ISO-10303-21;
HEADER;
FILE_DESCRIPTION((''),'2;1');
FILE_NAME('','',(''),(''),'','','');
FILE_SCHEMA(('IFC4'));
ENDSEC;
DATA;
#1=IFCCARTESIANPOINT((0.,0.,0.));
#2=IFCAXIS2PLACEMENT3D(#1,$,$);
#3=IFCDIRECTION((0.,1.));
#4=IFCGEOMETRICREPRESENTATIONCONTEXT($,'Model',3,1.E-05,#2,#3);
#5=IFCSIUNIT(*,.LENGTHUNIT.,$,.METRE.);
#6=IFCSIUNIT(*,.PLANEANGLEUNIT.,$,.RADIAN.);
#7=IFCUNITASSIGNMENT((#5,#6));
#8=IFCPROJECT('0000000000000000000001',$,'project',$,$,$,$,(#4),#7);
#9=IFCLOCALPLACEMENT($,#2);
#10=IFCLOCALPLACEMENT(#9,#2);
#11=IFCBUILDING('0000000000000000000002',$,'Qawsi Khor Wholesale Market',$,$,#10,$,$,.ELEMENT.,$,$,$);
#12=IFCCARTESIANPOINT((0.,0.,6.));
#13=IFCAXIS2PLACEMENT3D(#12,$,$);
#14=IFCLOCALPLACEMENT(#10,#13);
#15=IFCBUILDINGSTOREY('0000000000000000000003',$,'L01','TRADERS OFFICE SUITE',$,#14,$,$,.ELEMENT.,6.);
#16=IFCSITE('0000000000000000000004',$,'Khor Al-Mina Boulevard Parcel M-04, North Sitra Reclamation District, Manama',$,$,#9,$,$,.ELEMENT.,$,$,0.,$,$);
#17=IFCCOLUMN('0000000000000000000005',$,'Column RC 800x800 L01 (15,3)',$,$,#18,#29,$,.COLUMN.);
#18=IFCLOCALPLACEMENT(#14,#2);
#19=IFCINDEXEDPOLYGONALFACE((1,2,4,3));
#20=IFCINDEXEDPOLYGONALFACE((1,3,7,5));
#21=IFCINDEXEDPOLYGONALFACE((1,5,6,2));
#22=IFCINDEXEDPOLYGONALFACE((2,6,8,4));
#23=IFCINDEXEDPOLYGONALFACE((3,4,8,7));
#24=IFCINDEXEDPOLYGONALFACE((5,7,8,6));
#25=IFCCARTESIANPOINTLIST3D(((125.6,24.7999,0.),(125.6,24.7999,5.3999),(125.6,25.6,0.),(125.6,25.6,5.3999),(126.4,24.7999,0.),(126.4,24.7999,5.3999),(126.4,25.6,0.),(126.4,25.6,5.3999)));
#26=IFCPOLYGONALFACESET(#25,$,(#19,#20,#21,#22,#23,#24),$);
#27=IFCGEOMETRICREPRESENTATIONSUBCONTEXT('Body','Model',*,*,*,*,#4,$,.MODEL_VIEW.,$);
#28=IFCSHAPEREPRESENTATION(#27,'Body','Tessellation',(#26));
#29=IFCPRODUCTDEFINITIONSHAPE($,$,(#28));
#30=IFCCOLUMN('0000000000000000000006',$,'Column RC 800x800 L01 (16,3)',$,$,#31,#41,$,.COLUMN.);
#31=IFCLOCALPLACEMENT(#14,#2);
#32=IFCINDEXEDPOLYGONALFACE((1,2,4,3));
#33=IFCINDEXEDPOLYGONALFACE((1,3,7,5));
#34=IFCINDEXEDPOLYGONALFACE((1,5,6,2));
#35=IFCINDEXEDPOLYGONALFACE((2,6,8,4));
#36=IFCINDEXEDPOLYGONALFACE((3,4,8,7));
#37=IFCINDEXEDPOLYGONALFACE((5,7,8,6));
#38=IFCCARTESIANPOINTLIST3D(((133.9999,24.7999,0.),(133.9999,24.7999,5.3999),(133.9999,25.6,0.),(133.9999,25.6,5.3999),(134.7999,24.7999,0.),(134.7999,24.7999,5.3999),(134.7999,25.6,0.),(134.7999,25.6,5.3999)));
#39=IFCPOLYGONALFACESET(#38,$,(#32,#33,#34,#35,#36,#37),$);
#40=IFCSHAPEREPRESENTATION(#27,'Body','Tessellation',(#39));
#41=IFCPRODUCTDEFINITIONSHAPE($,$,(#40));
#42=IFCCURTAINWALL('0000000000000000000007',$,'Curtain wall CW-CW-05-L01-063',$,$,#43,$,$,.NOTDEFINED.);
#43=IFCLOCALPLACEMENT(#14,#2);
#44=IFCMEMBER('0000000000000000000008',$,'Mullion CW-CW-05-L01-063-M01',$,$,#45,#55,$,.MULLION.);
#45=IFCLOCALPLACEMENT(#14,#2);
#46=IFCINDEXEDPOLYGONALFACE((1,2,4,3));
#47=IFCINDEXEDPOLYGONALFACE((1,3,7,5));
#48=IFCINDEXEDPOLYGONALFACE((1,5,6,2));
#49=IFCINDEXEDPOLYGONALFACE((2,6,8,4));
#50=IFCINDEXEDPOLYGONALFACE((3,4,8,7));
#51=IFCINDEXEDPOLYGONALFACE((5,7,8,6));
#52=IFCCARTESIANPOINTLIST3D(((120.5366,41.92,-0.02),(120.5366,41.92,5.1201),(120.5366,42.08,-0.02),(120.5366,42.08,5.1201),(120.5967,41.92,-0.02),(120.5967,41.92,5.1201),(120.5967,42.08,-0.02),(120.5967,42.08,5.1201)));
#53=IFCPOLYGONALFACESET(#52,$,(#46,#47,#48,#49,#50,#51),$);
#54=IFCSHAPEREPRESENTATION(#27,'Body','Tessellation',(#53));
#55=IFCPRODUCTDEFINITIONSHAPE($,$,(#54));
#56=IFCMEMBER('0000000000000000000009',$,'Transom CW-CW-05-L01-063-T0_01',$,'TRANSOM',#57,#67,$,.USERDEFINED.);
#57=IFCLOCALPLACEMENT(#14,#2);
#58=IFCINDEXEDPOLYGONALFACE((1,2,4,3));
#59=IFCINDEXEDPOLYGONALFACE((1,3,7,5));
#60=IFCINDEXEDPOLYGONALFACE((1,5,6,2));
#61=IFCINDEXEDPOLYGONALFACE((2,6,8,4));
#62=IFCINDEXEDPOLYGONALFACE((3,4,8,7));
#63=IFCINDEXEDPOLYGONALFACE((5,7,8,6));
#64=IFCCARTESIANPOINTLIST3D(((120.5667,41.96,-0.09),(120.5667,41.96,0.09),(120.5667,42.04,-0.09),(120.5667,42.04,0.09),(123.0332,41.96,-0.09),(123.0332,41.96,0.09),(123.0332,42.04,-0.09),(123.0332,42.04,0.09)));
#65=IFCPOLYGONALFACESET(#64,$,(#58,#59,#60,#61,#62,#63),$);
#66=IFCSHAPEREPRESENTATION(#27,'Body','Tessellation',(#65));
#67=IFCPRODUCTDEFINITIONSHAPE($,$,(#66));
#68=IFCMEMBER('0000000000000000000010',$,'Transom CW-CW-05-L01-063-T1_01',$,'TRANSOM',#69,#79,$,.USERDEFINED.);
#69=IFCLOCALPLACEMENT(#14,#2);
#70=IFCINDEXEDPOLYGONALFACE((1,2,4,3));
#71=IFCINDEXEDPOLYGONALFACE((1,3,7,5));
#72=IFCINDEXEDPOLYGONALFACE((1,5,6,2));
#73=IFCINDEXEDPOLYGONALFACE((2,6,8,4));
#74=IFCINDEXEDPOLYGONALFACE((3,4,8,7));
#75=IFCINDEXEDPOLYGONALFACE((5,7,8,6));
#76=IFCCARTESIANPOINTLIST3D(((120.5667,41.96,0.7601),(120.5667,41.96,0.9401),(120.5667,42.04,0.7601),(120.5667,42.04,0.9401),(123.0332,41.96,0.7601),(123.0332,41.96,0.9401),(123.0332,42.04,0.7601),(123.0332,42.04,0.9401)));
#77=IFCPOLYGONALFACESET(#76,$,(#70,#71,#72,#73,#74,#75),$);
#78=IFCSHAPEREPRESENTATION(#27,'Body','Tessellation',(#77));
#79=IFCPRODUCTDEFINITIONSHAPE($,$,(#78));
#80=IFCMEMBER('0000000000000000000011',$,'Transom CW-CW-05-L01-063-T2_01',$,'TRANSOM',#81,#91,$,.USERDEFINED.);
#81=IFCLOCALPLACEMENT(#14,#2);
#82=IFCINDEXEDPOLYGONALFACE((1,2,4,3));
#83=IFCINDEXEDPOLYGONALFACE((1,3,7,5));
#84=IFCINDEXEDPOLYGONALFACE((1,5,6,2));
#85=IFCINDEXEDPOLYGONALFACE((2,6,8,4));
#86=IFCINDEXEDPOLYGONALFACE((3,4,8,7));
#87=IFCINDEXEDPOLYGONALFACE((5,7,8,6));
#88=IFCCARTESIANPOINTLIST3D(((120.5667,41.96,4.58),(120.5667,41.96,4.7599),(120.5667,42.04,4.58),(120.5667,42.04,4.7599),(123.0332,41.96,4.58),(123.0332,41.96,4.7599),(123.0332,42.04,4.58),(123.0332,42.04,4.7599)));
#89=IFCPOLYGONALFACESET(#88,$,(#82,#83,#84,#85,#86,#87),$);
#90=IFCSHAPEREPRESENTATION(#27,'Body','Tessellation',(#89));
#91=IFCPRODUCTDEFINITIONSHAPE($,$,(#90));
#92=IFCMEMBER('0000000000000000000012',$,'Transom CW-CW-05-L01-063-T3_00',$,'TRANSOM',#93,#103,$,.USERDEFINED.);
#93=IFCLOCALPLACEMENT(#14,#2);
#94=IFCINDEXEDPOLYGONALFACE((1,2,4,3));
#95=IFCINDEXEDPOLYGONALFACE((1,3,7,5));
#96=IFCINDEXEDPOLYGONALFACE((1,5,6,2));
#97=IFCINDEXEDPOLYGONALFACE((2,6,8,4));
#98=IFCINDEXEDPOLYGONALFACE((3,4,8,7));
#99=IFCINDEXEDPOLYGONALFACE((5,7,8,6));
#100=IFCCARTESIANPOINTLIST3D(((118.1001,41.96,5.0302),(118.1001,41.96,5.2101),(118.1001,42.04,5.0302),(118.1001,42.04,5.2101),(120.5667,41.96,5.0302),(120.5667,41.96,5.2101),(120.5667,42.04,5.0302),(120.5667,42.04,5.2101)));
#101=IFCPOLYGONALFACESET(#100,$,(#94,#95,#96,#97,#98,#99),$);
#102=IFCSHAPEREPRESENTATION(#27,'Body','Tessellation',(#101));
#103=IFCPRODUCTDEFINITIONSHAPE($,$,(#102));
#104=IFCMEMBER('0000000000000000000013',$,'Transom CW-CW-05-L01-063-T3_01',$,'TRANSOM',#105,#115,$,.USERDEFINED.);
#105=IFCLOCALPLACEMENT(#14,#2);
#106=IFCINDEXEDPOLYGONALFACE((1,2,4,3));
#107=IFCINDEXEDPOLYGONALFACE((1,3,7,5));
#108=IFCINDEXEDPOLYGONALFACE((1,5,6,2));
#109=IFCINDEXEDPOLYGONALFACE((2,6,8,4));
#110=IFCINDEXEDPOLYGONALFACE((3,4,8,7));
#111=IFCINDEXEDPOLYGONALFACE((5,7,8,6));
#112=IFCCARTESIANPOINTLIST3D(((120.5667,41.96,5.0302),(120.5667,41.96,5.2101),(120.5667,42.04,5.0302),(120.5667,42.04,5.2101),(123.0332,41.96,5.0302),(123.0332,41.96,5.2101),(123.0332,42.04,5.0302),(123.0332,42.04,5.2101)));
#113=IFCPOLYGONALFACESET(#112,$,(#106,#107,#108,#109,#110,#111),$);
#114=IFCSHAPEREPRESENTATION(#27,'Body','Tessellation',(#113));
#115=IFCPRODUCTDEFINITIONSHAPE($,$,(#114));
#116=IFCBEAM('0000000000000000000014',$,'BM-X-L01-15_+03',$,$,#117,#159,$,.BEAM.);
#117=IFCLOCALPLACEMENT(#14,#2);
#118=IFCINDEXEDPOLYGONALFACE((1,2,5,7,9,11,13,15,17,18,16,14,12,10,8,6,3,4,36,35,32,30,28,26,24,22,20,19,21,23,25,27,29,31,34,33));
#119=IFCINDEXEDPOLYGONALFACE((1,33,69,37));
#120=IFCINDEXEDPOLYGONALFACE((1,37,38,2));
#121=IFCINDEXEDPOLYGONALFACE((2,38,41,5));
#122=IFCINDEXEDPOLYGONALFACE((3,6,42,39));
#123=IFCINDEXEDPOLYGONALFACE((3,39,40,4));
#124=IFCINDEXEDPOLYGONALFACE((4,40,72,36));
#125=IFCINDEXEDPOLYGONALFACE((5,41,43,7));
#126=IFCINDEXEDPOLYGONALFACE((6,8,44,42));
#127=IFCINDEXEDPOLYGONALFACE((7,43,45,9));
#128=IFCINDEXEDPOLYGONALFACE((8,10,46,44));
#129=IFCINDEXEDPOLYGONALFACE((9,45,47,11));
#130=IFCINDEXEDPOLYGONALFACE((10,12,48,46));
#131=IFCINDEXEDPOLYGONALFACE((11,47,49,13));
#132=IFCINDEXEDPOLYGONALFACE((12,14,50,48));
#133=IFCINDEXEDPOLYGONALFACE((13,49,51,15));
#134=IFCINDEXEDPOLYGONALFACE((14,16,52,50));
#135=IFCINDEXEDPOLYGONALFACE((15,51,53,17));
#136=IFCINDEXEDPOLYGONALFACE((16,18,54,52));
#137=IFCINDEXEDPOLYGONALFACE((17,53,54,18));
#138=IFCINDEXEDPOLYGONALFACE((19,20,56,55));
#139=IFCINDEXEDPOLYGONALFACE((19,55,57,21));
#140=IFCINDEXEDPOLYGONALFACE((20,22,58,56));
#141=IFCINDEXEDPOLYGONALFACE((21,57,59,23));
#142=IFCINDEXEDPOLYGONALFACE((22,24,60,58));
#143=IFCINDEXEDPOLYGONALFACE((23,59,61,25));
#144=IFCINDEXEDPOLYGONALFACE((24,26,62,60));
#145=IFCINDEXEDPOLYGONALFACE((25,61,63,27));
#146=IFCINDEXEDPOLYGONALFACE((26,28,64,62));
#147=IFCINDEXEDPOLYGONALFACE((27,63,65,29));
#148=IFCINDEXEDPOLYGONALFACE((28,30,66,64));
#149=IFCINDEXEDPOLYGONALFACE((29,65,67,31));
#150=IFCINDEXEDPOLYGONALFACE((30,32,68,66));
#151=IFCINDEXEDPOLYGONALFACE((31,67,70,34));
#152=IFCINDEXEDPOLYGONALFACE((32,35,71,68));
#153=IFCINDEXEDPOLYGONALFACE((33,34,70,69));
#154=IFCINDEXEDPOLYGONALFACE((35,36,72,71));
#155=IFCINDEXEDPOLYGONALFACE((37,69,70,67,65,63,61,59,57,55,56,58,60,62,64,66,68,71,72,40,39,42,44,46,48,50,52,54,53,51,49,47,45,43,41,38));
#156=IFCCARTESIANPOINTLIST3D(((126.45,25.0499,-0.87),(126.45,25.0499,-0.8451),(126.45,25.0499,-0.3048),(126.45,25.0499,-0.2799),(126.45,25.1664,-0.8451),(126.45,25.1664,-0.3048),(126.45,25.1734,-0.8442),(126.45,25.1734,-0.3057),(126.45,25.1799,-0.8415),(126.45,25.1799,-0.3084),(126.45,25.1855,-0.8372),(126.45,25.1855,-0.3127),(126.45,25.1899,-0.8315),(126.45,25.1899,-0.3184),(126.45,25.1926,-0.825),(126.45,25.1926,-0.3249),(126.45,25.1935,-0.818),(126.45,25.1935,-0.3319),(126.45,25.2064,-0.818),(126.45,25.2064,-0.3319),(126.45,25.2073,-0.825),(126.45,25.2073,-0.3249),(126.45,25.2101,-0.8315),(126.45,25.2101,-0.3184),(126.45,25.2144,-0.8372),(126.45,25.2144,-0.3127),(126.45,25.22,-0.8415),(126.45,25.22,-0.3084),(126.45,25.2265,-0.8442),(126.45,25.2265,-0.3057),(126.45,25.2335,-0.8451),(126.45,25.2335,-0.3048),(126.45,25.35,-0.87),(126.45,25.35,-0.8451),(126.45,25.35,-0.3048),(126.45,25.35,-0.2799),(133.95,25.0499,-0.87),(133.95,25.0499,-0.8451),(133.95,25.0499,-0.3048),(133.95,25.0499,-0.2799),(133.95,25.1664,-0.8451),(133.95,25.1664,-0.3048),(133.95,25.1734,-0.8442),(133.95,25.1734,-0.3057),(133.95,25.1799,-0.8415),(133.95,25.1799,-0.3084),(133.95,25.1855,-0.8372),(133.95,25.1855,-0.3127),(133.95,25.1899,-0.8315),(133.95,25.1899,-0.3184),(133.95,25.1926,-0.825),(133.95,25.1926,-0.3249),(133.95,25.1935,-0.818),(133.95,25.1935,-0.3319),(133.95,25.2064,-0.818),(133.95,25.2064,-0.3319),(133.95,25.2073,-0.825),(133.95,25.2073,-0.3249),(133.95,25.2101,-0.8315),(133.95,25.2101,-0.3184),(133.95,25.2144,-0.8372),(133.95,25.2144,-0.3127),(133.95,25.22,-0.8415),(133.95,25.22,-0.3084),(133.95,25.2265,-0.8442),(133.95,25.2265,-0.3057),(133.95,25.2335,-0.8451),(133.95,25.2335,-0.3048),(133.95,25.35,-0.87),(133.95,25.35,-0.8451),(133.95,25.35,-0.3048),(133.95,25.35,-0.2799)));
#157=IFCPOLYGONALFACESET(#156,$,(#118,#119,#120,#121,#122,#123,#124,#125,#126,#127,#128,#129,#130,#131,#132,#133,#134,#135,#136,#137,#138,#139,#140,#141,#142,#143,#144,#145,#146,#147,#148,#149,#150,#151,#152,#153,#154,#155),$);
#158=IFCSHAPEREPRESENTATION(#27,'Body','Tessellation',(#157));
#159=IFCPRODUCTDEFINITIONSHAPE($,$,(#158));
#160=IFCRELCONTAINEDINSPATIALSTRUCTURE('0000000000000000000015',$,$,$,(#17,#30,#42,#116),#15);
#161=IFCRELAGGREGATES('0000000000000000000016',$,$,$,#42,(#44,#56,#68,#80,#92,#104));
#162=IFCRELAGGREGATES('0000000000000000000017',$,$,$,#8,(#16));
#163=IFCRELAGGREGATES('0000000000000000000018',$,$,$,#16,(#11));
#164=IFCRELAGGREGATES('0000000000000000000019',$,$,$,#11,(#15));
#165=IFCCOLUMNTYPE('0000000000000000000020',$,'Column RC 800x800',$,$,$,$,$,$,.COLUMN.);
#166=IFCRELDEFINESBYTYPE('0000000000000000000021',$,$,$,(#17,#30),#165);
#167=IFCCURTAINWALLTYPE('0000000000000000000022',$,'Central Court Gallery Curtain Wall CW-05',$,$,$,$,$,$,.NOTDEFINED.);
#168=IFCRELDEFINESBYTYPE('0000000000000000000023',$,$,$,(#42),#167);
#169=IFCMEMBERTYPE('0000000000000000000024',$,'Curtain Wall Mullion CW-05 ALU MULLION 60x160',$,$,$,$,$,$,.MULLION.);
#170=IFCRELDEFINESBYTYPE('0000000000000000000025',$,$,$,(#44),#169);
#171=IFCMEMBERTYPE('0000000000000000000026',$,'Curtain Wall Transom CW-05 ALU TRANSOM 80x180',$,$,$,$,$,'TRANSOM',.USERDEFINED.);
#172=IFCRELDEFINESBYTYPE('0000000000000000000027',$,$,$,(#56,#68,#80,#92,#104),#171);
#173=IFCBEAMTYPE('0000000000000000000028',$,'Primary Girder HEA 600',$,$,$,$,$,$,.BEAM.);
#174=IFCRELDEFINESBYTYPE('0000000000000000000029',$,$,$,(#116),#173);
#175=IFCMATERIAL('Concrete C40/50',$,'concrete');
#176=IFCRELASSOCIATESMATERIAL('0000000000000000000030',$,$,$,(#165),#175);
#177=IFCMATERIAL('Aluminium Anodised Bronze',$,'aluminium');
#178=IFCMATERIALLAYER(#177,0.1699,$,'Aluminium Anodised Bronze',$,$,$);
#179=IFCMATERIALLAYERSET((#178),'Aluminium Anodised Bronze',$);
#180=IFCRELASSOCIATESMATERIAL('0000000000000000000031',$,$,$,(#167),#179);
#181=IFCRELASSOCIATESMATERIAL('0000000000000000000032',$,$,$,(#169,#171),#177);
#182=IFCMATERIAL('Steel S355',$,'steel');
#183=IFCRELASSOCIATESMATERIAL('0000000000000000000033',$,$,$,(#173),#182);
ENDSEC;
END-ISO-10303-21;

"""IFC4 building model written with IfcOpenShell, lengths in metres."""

from ifc_helpers import new_model, si_unit, direction, frame, origin, origin_2d, place, context, subcontext, project, spatial, rectangle, i_section, extrude, material, layer, layer_set, material_profile, profile_set, type_object, element, aggregate, save


model = new_model("IFC4")

# Units and contexts
model_context = context("Model", 3, precision=1e-05, world=origin(), true_north=direction((0.0, 1.0)))
body_context = subcontext(model_context, "Body", "Model", "MODEL_VIEW")
ifc_project = project(units=[si_unit("LENGTHUNIT", "METRE"), si_unit("PLANEANGLEUNIT", "RADIAN")], contexts=[model_context])

# Site, building, storey
site_placement = place(None, origin())
site = spatial("IfcSite", under=ifc_project, at=site_placement, Name="Khor Al-Mina Boulevard Parcel M-04, North Sitra Reclamation District, Manama", CompositionType="ELEMENT", RefElevation=0.0)
building_placement = place(site_placement, origin())
building = spatial("IfcBuilding", under=site, at=building_placement, Name="Qawsi Khor Wholesale Market", CompositionType="ELEMENT")
storey_placement = place(building_placement, frame((0.0, 0.0, 6.0)))
storey = spatial("IfcBuildingStorey", under=building, at=storey_placement, Name="L01", Description="TRADERS OFFICE SUITE", CompositionType="ELEMENT", Elevation=6.0)

# Columns
ifc_material_1 = material(Name="Concrete C40/50", Category="concrete")
ifc_material_profile_1 = material_profile(ifc_material_1, rectangle(XDim=0.8, YDim=0.8, at=origin_2d()), Name="RC 800x800")
ifc_profile_set_1 = profile_set([ifc_material_profile_1], Name="Concrete C40/50")
column_type = type_object("IfcColumnType", Name="Column RC 800x800", PredefinedType="COLUMN", material=ifc_profile_set_1)
for number, where, z_axis, x_axis, name in (
    (1, (126.0, 25.2, 0.0), (0.0, 0.0, 1.0), (1.0, 0.0, 0.0), "Column RC 800x800 L01 (15,3)"),
    (2, (134.3999, 25.2, 0.0), (0.0, 0.0, 1.0), (1.0, 0.0, 0.0), "Column RC 800x800 L01 (16,3)"),
):
    element("IfcColumn", number, at=place(storey_placement, frame(where, z_axis=z_axis, x_axis=x_axis)), inside=storey, type_object=column_type, Name=name, PredefinedType="COLUMN", context=body_context, shape_type="SweptSolid", body=[
        extrude(rectangle(XDim=0.8, YDim=0.8, at=origin_2d()), origin(), (0.0, 0.0, 1.0), 5.3999),
    ])

# Curtain wall, members
ifc_material_2 = material(Name="Aluminium Anodised Bronze", Category="aluminium")
ifc_layer_1 = layer(ifc_material_2, 0.1699, Name="Aluminium Anodised Bronze")
ifc_layer_set_1 = layer_set([ifc_layer_1], Name="Aluminium Anodised Bronze")
curtain_wall_type = type_object("IfcCurtainWallType", Name="Central Court Gallery Curtain Wall CW-05", PredefinedType="NOTDEFINED", material=ifc_layer_set_1)
curtain_wall_placement = place(storey_placement, origin())
curtain_wall = element("IfcCurtainWall", 3, at=curtain_wall_placement, inside=storey, type_object=curtain_wall_type, Name="Curtain wall CW-CW-05-L01-063", PredefinedType="NOTDEFINED")
ifc_material_profile_2 = material_profile(ifc_material_2, rectangle(XDim=0.0601, YDim=0.1599, at=origin_2d()), Name="ALU MULLION 60x160")
ifc_profile_set_2 = profile_set([ifc_material_profile_2], Name="Aluminium Anodised Bronze")
member_type_1 = type_object("IfcMemberType", Name="Curtain Wall Mullion CW-05 ALU MULLION 60x160", PredefinedType="MULLION", material=ifc_profile_set_2)
member_1_placement = place(storey_placement, frame((120.5667, 42.0, -0.02), z_axis=(0.0, 0.0, 1.0), x_axis=(1.0, 0.0, 0.0)))
member_1 = element("IfcMember", 4, at=member_1_placement, type_object=member_type_1, Name="Mullion CW-CW-05-L01-063-M01", PredefinedType="MULLION", context=body_context, shape_type="SweptSolid", body=[
    extrude(rectangle(XDim=0.0601, YDim=0.1599, at=origin_2d()), origin(), (0.0, 0.0, 1.0), 5.1401),
])
ifc_material_profile_3 = material_profile(ifc_material_2, rectangle(XDim=0.0801, YDim=0.1799, at=origin_2d()), Name="ALU TRANSOM 80x180")
ifc_profile_set_3 = profile_set([ifc_material_profile_3], Name="Aluminium Anodised Bronze")
member_type_2 = type_object("IfcMemberType", Name="Curtain Wall Transom CW-05 ALU TRANSOM 80x180", ElementType="TRANSOM", PredefinedType="USERDEFINED", material=ifc_profile_set_3)
member_2_placement = place(storey_placement, frame((120.5667, 42.0, 0.0), z_axis=(1.0, 0.0, 0.0), x_axis=(0.0, 1.0, 0.0)))
member_2 = element("IfcMember", 5, at=member_2_placement, type_object=member_type_2, Name="Transom CW-CW-05-L01-063-T0_01", ObjectType="TRANSOM", PredefinedType="USERDEFINED", context=body_context, shape_type="SweptSolid", body=[
    extrude(rectangle(XDim=0.0801, YDim=0.1799, at=origin_2d()), origin(), (0.0, 0.0, 1.0), 2.4666),
])
member_3_placement = place(storey_placement, frame((120.5667, 42.0, 0.8501), z_axis=(1.0, 0.0, 0.0), x_axis=(0.0, 1.0, 0.0)))
member_3 = element("IfcMember", 6, at=member_3_placement, type_object=member_type_2, Name="Transom CW-CW-05-L01-063-T1_01", ObjectType="TRANSOM", PredefinedType="USERDEFINED", context=body_context, shape_type="SweptSolid", body=[
    extrude(rectangle(XDim=0.0801, YDim=0.1799, at=origin_2d()), origin(), (0.0, 0.0, 1.0), 2.4666),
])
member_4_placement = place(storey_placement, frame((120.5667, 42.0, 4.6699), z_axis=(1.0, 0.0, 0.0), x_axis=(0.0, 1.0, 0.0)))
member_4 = element("IfcMember", 7, at=member_4_placement, type_object=member_type_2, Name="Transom CW-CW-05-L01-063-T2_01", ObjectType="TRANSOM", PredefinedType="USERDEFINED", context=body_context, shape_type="SweptSolid", body=[
    extrude(rectangle(XDim=0.0801, YDim=0.1799, at=origin_2d()), origin(), (0.0, 0.0, 1.0), 2.4666),
])
member_5_placement = place(storey_placement, frame((118.1001, 42.0, 5.1201), z_axis=(1.0, 0.0, 0.0), x_axis=(0.0, 1.0, 0.0)))
member_5 = element("IfcMember", 8, at=member_5_placement, type_object=member_type_2, Name="Transom CW-CW-05-L01-063-T3_00", ObjectType="TRANSOM", PredefinedType="USERDEFINED", context=body_context, shape_type="SweptSolid", body=[
    extrude(rectangle(XDim=0.0801, YDim=0.1799, at=origin_2d()), origin(), (0.0, 0.0, 1.0), 2.4666),
])
member_6_placement = place(storey_placement, frame((120.5667, 42.0, 5.1201), z_axis=(1.0, 0.0, 0.0), x_axis=(0.0, 1.0, 0.0)))
member_6 = element("IfcMember", 9, at=member_6_placement, type_object=member_type_2, Name="Transom CW-CW-05-L01-063-T3_01", ObjectType="TRANSOM", PredefinedType="USERDEFINED", context=body_context, shape_type="SweptSolid", body=[
    extrude(rectangle(XDim=0.0801, YDim=0.1799, at=origin_2d()), origin(), (0.0, 0.0, 1.0), 2.4666),
])

# Beam
ifc_material_3 = material(Name="Steel S355", Category="steel")
ifc_material_profile_4 = material_profile(ifc_material_3, i_section(OverallWidth=0.3, OverallDepth=0.5901, WebThickness=0.0129, FlangeThickness=0.0249, FilletRadius=0.0271, at=origin_2d()), Name="HEA 600")
ifc_profile_set_4 = profile_set([ifc_material_profile_4], Name="Steel S355")
beam_type_1 = type_object("IfcBeamType", Name="Primary Girder HEA 600", PredefinedType="BEAM", material=ifc_profile_set_4)
beam_1_placement = place(storey_placement, frame((126.45, 25.2, -0.575), z_axis=(1.0, 0.0, 0.0), x_axis=(0.0, 1.0, 0.0)))
element("IfcBeam", 10, at=beam_1_placement, inside=storey, type_object=beam_type_1, Name="BM-X-L01-15_+03", PredefinedType="BEAM", context=body_context, shape_type="SweptSolid", body=[
    extrude(i_section(OverallWidth=0.3, OverallDepth=0.5901, WebThickness=0.0129, FlangeThickness=0.0249, FilletRadius=0.0271, at=origin_2d()), origin(), (0.0, 0.0, 1.0), 7.5),
])

aggregate(curtain_wall, [member_1, member_2, member_3, member_4, member_5, member_6])

save(model, "model.ifc")
